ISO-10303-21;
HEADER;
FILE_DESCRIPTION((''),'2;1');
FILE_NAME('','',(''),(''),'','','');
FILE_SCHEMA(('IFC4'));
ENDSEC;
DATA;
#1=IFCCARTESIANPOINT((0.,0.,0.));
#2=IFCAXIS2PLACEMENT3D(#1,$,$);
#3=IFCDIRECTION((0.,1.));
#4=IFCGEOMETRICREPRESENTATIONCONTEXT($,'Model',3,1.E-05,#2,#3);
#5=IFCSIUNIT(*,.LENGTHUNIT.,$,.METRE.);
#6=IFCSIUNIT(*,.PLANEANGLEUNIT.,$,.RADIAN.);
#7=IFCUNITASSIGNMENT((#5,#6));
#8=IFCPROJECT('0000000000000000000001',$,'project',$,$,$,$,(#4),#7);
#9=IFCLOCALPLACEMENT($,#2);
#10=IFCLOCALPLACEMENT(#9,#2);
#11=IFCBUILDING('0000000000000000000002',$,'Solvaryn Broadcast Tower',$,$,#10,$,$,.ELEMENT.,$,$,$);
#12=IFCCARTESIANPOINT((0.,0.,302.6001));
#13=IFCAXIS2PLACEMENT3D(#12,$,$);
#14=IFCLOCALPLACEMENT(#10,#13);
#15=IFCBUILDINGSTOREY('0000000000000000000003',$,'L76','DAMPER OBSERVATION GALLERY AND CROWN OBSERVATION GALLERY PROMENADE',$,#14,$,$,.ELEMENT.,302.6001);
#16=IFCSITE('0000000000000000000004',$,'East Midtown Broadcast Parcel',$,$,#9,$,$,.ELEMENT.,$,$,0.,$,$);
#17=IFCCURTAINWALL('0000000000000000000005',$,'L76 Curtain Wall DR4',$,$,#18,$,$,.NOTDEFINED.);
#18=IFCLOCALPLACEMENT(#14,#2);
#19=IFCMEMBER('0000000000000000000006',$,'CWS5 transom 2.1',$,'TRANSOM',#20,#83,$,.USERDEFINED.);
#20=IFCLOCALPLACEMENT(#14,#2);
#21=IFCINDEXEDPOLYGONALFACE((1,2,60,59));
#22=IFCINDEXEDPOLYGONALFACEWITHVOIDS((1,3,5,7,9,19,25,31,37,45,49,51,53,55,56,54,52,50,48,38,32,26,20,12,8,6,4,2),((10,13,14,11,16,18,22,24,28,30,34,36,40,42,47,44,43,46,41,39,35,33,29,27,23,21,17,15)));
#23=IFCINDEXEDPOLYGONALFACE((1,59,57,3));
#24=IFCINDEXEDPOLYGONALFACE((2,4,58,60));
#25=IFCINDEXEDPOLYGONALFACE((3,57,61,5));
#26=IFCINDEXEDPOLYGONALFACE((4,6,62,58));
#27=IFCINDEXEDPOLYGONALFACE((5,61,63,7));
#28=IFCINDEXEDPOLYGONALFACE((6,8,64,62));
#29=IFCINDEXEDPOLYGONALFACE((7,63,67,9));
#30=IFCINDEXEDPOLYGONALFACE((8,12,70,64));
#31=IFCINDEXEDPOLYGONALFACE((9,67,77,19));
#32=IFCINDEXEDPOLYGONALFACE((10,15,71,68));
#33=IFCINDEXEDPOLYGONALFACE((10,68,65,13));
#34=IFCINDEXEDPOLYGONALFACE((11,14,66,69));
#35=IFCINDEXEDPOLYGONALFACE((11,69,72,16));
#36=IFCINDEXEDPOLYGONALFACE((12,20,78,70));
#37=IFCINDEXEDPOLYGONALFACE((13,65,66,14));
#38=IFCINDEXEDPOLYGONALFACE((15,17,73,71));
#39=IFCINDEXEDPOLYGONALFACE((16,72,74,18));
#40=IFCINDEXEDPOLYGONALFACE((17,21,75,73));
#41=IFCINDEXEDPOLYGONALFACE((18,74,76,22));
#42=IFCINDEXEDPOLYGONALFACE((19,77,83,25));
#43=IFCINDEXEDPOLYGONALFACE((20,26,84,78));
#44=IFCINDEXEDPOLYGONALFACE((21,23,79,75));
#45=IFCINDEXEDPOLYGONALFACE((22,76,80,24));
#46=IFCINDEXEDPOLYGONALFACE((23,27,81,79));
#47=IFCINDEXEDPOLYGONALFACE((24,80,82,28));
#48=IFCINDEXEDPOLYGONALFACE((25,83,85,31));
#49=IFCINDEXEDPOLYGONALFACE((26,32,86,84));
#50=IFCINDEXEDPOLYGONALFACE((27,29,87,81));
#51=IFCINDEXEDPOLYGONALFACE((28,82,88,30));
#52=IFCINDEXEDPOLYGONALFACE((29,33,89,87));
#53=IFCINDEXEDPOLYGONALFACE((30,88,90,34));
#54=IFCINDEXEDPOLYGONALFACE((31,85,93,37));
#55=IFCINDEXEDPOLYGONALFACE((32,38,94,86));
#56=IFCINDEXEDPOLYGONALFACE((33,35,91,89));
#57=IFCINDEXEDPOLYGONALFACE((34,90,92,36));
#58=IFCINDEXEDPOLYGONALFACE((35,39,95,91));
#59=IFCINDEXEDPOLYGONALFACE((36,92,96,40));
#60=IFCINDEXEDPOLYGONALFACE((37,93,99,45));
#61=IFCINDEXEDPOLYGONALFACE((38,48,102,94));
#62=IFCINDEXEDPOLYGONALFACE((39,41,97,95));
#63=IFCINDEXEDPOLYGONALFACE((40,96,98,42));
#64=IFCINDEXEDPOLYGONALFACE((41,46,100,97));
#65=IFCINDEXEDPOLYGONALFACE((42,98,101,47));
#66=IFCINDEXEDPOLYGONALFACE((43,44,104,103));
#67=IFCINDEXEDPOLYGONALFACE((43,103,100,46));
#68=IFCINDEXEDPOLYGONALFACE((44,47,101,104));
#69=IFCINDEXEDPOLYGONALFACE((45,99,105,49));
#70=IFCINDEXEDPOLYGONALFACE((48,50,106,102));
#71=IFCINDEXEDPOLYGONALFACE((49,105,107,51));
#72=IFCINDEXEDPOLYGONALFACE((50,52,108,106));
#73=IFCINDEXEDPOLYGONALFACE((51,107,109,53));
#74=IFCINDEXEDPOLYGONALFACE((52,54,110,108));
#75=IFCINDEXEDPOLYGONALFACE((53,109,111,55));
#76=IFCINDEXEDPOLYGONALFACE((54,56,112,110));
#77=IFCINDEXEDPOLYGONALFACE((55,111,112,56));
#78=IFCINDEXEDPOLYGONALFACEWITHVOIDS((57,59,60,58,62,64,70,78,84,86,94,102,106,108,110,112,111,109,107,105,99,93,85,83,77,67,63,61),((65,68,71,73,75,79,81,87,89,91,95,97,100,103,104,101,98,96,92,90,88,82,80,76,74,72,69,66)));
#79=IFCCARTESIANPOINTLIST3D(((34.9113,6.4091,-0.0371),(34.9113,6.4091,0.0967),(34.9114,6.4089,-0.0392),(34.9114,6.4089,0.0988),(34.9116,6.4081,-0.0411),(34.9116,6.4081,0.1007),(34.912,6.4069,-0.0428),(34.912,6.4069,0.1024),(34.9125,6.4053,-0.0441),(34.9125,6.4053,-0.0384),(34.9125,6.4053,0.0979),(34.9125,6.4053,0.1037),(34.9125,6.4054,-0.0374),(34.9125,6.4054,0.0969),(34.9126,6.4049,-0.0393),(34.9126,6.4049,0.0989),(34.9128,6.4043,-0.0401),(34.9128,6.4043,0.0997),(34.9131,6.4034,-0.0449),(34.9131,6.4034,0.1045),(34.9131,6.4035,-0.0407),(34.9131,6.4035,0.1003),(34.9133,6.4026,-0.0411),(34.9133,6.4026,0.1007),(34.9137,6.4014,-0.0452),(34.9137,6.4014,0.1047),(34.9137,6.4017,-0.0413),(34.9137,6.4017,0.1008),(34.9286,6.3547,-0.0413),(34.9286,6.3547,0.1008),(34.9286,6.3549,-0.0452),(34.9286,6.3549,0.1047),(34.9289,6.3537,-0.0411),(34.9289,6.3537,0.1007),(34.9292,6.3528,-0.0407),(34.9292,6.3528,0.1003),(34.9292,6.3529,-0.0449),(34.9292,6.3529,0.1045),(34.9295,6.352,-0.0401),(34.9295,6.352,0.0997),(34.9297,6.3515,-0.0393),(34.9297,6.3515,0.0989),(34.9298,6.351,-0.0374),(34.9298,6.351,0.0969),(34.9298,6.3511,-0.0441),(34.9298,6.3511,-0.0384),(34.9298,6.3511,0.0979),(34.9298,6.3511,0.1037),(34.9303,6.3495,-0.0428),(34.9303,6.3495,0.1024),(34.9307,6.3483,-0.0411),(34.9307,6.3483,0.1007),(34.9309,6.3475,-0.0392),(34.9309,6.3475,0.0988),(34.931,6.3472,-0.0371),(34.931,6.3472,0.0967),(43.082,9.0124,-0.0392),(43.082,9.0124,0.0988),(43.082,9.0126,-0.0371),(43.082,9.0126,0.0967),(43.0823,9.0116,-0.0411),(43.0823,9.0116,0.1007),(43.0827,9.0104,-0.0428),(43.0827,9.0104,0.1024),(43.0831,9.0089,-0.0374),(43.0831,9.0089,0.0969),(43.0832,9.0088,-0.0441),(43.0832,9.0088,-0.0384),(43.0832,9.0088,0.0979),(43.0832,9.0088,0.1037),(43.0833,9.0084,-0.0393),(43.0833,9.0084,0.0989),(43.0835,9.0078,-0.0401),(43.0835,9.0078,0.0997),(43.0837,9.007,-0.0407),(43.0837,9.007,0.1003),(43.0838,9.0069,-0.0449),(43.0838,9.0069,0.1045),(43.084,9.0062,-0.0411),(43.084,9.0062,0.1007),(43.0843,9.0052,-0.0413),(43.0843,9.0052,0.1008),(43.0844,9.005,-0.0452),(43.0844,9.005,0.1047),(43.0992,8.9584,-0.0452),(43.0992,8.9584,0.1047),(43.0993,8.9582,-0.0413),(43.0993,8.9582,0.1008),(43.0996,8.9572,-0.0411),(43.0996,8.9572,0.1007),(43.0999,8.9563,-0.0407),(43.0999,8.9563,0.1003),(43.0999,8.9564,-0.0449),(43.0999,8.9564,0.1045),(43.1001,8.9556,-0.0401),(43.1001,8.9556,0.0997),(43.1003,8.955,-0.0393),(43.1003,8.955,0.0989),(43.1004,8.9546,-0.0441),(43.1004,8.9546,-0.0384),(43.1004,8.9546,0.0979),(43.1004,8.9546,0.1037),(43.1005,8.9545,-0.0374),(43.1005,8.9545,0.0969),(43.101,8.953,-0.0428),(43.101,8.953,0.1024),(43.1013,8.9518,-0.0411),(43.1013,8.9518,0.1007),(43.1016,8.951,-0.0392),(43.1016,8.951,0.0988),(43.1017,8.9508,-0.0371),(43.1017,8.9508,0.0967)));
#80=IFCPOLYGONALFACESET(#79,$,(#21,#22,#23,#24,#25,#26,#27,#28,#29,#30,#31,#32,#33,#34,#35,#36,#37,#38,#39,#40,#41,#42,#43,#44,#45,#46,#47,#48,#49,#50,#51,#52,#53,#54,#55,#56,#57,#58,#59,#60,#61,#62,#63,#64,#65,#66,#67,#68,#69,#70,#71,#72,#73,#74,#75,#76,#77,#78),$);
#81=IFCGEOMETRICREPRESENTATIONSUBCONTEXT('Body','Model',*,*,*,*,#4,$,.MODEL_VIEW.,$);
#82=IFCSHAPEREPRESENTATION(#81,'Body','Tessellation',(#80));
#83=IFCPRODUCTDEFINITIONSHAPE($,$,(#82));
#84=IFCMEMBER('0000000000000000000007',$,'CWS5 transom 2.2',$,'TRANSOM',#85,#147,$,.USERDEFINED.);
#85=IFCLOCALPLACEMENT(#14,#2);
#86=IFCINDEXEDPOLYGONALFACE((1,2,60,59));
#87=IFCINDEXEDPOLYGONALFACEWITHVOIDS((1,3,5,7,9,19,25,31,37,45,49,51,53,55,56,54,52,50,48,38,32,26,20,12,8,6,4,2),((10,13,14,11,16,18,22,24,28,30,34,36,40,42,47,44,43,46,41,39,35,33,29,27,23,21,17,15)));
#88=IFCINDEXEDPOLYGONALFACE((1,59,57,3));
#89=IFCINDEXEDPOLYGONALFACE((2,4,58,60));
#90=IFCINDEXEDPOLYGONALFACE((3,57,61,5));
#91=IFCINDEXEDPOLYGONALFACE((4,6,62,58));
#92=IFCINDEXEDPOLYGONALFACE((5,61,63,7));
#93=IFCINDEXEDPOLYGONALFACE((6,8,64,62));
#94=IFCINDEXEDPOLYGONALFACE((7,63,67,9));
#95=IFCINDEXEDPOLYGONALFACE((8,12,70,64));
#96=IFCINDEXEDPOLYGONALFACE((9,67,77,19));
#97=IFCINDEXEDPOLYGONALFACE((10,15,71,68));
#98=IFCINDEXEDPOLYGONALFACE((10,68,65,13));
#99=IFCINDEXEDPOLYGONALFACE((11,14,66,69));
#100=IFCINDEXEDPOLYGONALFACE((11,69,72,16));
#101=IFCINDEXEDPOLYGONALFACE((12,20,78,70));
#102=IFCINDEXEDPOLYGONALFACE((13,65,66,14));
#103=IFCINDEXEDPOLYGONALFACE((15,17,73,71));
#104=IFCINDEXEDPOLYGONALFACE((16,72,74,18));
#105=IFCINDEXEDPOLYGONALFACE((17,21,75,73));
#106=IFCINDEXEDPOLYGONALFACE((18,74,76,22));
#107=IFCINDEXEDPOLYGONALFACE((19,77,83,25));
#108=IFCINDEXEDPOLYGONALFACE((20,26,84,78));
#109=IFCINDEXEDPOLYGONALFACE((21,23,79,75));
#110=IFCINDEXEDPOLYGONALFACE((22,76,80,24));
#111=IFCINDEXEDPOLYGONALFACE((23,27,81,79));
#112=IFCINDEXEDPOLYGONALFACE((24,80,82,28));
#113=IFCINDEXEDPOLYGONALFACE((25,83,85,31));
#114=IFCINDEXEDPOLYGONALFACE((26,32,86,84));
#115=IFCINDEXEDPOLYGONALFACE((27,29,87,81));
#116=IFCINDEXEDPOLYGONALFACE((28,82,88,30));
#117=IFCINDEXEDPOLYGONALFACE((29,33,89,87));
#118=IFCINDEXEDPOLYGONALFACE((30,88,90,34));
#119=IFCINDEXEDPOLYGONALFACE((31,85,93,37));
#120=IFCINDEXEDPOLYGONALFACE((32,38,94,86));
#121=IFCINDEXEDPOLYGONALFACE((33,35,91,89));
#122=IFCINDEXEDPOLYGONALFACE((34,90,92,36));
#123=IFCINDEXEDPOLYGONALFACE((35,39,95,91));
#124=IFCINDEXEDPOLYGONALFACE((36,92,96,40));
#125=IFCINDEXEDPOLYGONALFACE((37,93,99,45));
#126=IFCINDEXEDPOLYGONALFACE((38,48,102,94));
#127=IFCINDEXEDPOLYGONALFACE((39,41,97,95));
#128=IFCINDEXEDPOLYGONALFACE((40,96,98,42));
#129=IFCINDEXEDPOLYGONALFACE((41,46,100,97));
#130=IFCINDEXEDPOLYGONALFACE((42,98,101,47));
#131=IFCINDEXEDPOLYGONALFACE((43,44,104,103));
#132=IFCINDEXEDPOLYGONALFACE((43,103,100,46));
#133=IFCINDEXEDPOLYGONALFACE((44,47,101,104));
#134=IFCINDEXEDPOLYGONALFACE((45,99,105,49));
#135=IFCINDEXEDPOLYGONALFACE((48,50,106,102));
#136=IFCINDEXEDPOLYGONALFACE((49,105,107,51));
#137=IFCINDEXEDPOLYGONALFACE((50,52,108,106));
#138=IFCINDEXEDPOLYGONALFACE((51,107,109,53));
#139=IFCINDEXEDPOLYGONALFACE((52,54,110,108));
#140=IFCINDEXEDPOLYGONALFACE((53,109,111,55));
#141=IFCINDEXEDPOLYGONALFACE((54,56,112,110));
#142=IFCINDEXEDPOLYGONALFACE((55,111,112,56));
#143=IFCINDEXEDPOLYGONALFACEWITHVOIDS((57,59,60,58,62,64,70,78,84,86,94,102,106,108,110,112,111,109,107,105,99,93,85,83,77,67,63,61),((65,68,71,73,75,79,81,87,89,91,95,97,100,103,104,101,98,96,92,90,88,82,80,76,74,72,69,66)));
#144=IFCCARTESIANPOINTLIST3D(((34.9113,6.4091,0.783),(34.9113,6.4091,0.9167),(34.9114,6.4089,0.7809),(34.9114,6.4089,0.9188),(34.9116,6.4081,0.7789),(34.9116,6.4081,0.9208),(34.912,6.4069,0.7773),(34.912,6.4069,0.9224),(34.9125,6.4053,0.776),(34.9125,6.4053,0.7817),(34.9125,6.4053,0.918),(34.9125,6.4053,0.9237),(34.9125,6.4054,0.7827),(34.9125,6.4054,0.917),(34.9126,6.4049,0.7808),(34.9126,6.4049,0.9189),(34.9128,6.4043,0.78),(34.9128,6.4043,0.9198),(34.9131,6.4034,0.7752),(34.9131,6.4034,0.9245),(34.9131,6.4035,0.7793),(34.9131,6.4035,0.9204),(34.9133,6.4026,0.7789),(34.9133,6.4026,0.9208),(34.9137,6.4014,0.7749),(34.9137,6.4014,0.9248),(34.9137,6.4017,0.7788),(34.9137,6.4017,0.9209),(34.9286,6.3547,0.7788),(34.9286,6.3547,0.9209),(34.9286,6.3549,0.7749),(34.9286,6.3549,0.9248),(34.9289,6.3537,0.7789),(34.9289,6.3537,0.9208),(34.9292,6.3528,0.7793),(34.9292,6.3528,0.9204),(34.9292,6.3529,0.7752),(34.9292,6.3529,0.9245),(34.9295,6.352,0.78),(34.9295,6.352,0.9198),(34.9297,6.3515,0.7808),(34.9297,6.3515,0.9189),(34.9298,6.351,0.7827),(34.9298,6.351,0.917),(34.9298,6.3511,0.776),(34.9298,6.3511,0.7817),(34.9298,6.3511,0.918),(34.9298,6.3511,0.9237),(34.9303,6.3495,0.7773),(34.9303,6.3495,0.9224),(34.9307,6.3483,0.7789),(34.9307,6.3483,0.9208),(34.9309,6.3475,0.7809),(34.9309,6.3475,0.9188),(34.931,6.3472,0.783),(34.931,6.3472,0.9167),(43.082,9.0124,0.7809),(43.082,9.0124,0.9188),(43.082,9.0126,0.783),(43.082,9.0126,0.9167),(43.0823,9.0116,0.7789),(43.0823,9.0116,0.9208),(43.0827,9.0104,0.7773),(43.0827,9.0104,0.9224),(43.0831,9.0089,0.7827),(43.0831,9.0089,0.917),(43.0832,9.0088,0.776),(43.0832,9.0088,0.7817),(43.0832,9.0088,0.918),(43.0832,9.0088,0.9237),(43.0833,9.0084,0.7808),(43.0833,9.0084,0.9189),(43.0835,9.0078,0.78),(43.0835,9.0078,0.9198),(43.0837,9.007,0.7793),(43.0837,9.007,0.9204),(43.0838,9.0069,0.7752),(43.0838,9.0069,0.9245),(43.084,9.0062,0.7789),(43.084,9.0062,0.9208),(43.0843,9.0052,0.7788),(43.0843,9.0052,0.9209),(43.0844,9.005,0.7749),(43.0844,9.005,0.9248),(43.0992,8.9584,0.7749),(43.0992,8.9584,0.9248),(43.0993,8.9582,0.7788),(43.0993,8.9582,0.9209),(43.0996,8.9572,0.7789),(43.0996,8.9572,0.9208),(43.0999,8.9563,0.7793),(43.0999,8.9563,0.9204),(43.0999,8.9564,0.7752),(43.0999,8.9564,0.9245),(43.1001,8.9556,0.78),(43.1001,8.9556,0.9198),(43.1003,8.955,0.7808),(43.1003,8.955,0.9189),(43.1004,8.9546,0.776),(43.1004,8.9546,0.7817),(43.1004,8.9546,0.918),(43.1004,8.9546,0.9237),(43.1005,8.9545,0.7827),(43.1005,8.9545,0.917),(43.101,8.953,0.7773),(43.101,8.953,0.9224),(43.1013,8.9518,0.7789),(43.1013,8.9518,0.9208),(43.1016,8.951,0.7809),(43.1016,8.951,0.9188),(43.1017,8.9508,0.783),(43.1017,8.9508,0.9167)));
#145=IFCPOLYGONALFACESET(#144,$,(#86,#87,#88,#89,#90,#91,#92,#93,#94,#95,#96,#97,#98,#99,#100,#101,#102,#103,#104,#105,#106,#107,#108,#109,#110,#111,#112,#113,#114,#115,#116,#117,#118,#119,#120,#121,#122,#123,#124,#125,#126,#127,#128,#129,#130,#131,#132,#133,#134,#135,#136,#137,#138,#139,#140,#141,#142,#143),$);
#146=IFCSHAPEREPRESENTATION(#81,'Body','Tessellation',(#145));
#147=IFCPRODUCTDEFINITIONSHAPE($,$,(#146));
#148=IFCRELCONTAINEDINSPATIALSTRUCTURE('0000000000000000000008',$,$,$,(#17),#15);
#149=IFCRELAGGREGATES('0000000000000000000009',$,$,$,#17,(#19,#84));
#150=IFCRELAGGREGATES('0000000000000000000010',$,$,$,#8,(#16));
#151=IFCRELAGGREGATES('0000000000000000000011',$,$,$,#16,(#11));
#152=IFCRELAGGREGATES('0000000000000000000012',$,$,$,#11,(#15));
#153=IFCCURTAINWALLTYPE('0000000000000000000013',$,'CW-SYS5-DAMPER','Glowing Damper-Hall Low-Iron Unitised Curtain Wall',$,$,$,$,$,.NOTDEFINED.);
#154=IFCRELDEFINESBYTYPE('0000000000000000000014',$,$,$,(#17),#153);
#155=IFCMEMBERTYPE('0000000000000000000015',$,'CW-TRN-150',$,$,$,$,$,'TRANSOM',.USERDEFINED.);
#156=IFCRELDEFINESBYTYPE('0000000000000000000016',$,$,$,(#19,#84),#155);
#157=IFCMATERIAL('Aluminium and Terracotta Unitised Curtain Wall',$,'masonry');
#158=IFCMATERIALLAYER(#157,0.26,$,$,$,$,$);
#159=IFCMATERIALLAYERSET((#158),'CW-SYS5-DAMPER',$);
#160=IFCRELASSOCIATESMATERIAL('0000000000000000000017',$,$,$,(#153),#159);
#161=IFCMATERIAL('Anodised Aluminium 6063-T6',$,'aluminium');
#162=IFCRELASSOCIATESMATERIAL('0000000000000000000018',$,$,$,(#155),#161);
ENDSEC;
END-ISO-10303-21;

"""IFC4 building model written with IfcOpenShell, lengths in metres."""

from ifc_helpers import new_model, si_unit, direction, frame, origin, origin_2d, place, context, subcontext, project, spatial, hollow_rectangle, extrude, material, layer, layer_set, material_profile, profile_set, type_object, element, aggregate, save


model = new_model("IFC4")

# Units and contexts
model_context = context("Model", 3, precision=1e-05, world=origin(), true_north=direction((0.0, 1.0)))
body_context = subcontext(model_context, "Body", "Model", "MODEL_VIEW")
ifc_project = project(units=[si_unit("LENGTHUNIT", "METRE"), si_unit("PLANEANGLEUNIT", "RADIAN")], contexts=[model_context])

# Site, building, storey
site_placement = place(None, origin())
site = spatial("IfcSite", under=ifc_project, at=site_placement, Name="East Midtown Broadcast Parcel", CompositionType="ELEMENT", RefElevation=0.0)
building_placement = place(site_placement, origin())
building = spatial("IfcBuilding", under=site, at=building_placement, Name="Solvaryn Broadcast Tower", CompositionType="ELEMENT")
storey_placement = place(building_placement, frame((0.0, 0.0, 302.6001)))
storey = spatial("IfcBuildingStorey", under=building, at=storey_placement, Name="L76", Description="DAMPER OBSERVATION GALLERY AND CROWN OBSERVATION GALLERY PROMENADE", CompositionType="ELEMENT", Elevation=302.6001)

# Shared definitions
ifc_material_1 = material(Name="Aluminium and Terracotta Unitised Curtain Wall", Category="masonry")
ifc_layer_1 = layer(ifc_material_1, 0.26)
ifc_layer_set_1 = layer_set([ifc_layer_1], Name="CW-SYS5-DAMPER")
curtain_wall_type = type_object("IfcCurtainWallType", Name="CW-SYS5-DAMPER", Description="Glowing Damper-Hall Low-Iron Unitised Curtain Wall", PredefinedType="NOTDEFINED", material=ifc_layer_set_1)

# Curtain wall, members
curtain_wall_1_placement = place(storey_placement, origin())
curtain_wall_1 = element("IfcCurtainWall", 1, at=curtain_wall_1_placement, inside=storey, type_object=curtain_wall_type, Name="L76 Curtain Wall DR4", PredefinedType="NOTDEFINED")
ifc_material_2 = material(Name="Anodised Aluminium 6063-T6", Category="aluminium")
ifc_material_profile_1 = material_profile(ifc_material_2, hollow_rectangle(XDim=0.0649, YDim=0.1499, WallThickness=0.0039, InnerFilletRadius=0.0039, OuterFilletRadius=0.0081, at=origin_2d()))
ifc_profile_set_1 = profile_set([ifc_material_profile_1], Name="Anodised Aluminium 6063-T6")
member_type_1 = type_object("IfcMemberType", Name="CW-TRN-150", ElementType="TRANSOM", PredefinedType="USERDEFINED", material=ifc_profile_set_1)
member_1_placement = place(storey_placement, frame((34.9211, 6.3782, 0.0298), z_axis=(0.952799, 0.303602, 0.0), x_axis=(-0.303602, 0.952799, 0.0)))
member_1 = element("IfcMember", 2, at=member_1_placement, type_object=member_type_1, Name="CWS5 transom 2.1", ObjectType="TRANSOM", PredefinedType="USERDEFINED", context=body_context, shape_type="SweptSolid", body=[
    extrude(hollow_rectangle(XDim=0.0649, YDim=0.1499, WallThickness=0.0039, InnerFilletRadius=0.0039, OuterFilletRadius=0.0081, at=origin_2d()), origin(), (0.0, 0.0, 1.0), 8.5754),
])
member_2_placement = place(storey_placement, frame((34.9211, 6.3782, 0.8499), z_axis=(0.952799, 0.303602, 0.0), x_axis=(-0.303602, 0.952799, 0.0)))
member_2 = element("IfcMember", 3, at=member_2_placement, type_object=member_type_1, Name="CWS5 transom 2.2", ObjectType="TRANSOM", PredefinedType="USERDEFINED", context=body_context, shape_type="SweptSolid", body=[
    extrude(hollow_rectangle(XDim=0.0649, YDim=0.1499, WallThickness=0.0039, InnerFilletRadius=0.0039, OuterFilletRadius=0.0081, at=origin_2d()), origin(), (0.0, 0.0, 1.0), 8.5754),
])

aggregate(curtain_wall_1, [member_1, member_2])

save(model, "model.ifc")
